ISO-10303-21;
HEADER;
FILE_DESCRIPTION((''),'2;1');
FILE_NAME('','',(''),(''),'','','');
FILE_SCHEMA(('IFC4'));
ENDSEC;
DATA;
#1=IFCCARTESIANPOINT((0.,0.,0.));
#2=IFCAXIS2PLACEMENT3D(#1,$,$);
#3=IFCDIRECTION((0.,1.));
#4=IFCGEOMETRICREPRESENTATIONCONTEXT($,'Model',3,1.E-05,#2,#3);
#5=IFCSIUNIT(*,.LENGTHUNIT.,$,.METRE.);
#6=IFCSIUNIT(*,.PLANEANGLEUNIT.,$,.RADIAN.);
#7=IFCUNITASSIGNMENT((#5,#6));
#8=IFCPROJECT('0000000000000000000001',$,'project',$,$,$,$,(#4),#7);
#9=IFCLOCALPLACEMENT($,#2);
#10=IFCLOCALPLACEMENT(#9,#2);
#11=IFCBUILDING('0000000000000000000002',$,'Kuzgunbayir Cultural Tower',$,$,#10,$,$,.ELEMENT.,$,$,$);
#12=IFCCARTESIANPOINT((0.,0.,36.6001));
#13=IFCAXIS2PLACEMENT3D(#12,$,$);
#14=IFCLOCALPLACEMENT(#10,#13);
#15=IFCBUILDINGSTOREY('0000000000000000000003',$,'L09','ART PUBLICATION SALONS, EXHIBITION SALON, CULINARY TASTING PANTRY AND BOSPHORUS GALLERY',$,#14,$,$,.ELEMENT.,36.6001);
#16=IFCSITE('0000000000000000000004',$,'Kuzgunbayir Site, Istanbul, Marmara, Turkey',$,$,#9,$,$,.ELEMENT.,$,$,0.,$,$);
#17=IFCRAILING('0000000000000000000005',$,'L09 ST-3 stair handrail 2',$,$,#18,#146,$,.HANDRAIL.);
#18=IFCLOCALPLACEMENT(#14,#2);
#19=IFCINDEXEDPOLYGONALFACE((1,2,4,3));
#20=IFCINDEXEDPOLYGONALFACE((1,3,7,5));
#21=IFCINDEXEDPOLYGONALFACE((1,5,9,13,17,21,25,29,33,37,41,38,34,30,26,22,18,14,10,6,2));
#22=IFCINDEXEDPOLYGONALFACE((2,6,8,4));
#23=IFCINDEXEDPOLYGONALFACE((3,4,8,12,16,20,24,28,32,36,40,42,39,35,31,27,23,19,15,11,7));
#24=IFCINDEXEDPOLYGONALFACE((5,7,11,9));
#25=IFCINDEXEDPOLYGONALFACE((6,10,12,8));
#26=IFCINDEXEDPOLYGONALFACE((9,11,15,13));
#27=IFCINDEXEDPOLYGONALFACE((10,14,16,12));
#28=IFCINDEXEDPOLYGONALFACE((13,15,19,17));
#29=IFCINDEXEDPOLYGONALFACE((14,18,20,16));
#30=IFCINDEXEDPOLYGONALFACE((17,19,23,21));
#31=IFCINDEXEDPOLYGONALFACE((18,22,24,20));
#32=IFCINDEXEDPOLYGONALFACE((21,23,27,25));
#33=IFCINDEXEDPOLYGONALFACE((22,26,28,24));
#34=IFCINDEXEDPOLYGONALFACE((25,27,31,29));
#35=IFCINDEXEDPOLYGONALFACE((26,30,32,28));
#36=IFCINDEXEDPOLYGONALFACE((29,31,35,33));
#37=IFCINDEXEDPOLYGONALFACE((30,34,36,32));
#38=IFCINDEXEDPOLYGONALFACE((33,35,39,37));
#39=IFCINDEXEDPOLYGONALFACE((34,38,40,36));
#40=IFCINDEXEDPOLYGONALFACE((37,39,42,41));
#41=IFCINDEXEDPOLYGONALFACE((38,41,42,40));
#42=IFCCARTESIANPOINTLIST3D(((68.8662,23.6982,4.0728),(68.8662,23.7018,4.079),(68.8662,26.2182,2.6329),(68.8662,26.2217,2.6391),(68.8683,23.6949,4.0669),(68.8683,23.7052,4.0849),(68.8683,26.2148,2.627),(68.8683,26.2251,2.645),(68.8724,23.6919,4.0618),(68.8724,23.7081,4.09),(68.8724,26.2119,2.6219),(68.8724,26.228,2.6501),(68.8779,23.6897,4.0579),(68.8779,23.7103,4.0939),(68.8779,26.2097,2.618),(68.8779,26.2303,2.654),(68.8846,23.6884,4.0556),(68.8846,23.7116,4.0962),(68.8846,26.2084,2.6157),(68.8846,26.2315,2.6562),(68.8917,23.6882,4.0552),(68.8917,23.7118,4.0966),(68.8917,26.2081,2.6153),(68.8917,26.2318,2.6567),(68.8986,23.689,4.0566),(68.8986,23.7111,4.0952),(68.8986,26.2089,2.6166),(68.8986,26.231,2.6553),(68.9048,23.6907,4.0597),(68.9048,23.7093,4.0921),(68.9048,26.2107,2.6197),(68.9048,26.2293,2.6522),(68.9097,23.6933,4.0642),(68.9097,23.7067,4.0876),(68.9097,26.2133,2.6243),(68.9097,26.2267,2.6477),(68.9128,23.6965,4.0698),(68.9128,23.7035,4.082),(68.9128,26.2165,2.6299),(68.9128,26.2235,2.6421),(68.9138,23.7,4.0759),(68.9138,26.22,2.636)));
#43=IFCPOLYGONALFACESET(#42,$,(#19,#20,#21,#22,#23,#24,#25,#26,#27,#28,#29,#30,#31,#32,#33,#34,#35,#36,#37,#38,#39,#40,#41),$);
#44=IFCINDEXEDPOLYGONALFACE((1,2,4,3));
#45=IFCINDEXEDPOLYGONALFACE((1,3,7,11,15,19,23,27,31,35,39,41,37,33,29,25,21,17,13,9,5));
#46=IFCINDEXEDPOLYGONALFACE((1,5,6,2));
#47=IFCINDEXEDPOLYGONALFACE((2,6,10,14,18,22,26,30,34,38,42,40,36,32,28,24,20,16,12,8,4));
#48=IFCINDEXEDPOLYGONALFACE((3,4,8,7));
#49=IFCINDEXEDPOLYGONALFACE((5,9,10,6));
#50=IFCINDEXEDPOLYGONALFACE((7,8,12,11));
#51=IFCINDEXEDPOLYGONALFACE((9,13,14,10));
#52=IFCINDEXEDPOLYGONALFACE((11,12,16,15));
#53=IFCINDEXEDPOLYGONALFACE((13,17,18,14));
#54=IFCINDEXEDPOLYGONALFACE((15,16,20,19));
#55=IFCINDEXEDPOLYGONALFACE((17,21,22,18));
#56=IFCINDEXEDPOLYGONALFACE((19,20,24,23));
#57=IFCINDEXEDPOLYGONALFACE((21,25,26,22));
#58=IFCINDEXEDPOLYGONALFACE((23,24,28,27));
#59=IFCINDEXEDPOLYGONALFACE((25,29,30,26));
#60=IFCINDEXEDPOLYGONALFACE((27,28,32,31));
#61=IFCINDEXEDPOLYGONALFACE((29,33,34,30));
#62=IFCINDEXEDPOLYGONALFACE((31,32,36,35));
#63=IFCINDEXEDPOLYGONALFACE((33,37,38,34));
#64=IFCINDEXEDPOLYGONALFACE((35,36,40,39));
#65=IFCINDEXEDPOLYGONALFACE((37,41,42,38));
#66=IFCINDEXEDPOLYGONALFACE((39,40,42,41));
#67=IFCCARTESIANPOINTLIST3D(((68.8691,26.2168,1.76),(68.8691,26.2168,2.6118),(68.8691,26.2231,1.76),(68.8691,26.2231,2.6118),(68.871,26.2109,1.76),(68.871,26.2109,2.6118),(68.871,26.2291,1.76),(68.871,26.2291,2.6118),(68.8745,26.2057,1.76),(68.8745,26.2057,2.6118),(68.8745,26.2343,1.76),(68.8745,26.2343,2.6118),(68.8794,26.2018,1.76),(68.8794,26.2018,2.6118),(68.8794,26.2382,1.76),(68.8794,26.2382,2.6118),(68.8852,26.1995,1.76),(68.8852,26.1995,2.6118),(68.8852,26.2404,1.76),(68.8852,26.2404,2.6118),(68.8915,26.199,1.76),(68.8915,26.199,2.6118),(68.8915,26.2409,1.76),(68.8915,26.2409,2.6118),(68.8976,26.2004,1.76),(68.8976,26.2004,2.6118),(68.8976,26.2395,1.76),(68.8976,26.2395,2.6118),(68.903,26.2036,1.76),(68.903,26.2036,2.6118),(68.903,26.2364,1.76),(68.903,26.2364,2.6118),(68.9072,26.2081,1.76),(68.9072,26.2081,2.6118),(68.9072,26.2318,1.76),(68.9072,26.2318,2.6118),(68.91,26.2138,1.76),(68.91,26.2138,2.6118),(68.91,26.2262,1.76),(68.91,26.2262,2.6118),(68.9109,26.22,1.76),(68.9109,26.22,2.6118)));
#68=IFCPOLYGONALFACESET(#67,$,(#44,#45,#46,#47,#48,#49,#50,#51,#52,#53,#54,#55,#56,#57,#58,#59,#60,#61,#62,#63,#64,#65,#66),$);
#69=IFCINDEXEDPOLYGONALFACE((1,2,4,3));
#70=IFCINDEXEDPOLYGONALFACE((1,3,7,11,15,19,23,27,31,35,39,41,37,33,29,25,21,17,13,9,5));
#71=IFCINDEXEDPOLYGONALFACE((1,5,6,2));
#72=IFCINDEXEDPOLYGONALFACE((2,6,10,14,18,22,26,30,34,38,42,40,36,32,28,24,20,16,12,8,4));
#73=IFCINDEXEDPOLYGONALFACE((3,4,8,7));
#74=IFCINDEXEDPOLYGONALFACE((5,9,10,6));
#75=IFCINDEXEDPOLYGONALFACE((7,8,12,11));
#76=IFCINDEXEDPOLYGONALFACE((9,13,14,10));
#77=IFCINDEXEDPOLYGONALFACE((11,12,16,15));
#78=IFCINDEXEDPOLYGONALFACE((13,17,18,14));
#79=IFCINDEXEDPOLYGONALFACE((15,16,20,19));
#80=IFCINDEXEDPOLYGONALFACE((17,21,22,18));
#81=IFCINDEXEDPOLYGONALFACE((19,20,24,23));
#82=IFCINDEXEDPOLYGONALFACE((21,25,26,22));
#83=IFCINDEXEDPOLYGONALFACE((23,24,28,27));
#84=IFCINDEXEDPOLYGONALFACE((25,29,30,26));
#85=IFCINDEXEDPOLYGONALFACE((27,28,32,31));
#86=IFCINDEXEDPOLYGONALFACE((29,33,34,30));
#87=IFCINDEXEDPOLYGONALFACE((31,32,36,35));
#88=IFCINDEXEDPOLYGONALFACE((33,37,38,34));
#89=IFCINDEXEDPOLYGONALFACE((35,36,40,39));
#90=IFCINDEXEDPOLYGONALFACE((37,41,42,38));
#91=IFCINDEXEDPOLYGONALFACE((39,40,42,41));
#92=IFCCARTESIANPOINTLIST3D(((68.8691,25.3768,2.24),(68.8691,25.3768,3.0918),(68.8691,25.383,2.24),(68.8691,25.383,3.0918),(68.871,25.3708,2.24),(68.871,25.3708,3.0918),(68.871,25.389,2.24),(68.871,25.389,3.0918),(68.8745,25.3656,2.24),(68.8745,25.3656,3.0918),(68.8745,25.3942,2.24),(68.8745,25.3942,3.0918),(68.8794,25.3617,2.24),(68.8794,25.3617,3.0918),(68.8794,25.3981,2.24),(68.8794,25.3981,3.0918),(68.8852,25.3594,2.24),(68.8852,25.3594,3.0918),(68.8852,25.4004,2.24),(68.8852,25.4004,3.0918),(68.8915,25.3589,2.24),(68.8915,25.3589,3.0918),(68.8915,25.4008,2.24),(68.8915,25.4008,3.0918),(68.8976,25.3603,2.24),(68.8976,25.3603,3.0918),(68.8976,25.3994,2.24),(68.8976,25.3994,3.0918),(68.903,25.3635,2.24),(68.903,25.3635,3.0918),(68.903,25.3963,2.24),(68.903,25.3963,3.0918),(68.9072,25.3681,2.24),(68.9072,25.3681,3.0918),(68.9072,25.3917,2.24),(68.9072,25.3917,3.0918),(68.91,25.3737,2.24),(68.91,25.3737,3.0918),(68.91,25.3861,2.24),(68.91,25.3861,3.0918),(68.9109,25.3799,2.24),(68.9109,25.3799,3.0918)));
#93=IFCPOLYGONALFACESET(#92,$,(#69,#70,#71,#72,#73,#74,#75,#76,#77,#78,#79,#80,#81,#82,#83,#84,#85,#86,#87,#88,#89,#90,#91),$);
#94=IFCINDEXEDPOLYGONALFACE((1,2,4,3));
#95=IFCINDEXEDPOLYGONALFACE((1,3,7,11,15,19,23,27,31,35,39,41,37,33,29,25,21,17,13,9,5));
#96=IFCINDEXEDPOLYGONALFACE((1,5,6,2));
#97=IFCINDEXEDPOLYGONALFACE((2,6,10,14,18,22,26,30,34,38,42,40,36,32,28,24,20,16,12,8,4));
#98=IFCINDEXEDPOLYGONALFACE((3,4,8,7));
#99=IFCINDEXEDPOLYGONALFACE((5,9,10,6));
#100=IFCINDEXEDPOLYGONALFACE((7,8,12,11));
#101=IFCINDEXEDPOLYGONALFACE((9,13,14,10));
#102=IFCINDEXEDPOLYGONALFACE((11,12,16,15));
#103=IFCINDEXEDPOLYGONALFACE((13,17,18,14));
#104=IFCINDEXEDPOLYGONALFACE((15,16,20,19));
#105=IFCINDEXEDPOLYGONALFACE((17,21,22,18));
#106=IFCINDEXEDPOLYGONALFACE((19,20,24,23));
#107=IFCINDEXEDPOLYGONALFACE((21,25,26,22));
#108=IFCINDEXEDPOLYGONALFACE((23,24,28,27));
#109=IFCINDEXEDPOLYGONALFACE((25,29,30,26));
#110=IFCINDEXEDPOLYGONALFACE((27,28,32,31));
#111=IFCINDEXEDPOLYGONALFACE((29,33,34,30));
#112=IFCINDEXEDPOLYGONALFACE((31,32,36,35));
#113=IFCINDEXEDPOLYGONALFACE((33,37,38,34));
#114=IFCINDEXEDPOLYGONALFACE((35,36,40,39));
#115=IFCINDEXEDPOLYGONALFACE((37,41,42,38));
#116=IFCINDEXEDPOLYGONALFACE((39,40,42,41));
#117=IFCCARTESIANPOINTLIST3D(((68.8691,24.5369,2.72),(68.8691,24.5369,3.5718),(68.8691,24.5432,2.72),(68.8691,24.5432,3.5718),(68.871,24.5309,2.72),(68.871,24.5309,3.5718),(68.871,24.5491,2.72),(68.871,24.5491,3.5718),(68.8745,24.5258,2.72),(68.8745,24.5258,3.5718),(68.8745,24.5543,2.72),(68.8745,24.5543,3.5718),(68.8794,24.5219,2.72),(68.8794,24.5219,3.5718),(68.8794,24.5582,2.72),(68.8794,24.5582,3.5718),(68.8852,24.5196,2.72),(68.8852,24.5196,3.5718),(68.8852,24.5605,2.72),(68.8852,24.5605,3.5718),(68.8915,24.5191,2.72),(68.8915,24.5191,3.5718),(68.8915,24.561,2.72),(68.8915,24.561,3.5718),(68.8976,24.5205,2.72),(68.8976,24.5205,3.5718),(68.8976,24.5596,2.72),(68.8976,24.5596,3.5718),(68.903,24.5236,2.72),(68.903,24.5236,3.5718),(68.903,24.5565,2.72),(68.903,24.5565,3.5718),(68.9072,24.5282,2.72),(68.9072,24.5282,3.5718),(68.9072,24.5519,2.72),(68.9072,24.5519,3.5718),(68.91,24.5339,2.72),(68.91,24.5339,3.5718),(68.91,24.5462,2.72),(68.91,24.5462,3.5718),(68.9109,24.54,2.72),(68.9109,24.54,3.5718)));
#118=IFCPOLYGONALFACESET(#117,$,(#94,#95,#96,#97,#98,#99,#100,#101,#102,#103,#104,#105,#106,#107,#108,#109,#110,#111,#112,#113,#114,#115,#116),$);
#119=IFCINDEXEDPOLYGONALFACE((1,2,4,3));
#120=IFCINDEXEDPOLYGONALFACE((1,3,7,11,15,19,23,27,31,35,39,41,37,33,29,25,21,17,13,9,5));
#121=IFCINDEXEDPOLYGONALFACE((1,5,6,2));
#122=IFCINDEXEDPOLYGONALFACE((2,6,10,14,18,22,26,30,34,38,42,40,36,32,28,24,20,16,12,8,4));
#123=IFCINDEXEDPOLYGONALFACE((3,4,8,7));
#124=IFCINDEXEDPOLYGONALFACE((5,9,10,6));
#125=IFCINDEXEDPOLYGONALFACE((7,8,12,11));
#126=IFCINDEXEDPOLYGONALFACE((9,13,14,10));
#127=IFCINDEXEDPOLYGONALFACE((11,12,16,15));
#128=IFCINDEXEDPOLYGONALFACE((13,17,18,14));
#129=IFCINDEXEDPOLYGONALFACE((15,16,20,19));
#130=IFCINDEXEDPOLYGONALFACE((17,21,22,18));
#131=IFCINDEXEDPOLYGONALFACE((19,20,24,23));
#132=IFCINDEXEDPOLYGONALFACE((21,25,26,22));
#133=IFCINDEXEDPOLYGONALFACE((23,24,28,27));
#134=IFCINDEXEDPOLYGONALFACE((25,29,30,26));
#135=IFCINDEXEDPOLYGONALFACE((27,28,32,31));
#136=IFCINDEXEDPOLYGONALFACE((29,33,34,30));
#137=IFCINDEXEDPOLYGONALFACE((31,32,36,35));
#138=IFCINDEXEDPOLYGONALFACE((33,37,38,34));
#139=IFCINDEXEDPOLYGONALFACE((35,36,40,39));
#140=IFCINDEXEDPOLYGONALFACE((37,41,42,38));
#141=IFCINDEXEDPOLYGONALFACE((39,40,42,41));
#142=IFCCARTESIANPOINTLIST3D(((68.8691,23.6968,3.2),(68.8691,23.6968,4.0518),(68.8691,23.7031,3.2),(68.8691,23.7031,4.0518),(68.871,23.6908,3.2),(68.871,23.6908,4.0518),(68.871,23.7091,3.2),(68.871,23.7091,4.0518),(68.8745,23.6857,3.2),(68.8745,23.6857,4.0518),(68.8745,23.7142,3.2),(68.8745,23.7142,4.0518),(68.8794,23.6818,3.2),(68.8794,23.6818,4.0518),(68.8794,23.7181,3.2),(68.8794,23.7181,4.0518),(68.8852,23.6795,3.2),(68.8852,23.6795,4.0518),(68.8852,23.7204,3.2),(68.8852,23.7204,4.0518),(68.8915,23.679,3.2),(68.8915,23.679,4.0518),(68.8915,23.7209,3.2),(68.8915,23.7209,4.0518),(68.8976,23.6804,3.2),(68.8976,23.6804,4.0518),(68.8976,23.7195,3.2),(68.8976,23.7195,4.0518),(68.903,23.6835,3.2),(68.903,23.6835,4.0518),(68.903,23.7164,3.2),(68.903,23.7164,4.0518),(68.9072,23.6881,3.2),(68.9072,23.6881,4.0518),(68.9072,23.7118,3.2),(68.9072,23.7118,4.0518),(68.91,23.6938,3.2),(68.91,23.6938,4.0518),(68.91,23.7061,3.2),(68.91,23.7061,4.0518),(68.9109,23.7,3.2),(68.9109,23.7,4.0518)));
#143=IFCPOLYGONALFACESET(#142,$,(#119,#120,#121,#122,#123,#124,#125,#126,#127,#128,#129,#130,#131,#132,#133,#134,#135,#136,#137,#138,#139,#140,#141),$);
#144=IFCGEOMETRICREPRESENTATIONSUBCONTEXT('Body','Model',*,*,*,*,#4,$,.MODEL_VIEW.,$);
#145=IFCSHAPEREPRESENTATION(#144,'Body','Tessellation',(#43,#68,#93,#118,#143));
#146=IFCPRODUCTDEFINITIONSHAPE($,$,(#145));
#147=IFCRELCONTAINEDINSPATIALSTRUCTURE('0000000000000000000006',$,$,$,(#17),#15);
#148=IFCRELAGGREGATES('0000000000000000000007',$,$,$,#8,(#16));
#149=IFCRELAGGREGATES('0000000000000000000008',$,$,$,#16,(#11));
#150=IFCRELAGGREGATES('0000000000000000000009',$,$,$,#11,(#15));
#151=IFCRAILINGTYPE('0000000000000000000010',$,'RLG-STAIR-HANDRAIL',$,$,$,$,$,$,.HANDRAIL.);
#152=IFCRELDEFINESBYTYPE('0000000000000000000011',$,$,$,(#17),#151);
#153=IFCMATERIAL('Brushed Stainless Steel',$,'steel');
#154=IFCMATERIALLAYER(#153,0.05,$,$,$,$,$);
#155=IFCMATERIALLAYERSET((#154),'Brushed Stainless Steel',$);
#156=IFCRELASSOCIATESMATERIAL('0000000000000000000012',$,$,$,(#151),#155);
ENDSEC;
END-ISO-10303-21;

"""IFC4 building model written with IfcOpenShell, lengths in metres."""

from ifc_helpers import new_model, si_unit, direction, frame, origin, origin_2d, place, context, subcontext, project, spatial, circle, extrude, material, layer, layer_set, type_object, element, save


model = new_model("IFC4")

# Units and contexts
model_context = context("Model", 3, precision=1e-05, world=origin(), true_north=direction((0.0, 1.0)))
body_context = subcontext(model_context, "Body", "Model", "MODEL_VIEW")
ifc_project = project(units=[si_unit("LENGTHUNIT", "METRE"), si_unit("PLANEANGLEUNIT", "RADIAN")], contexts=[model_context])

# Site, building, storey
site_placement = place(None, origin())
site = spatial("IfcSite", under=ifc_project, at=site_placement, Name="Kuzgunbayir Site, Istanbul, Marmara, Turkey", CompositionType="ELEMENT", RefElevation=0.0)
building_placement = place(site_placement, origin())
building = spatial("IfcBuilding", under=site, at=building_placement, Name="Kuzgunbayir Cultural Tower", CompositionType="ELEMENT")
storey_placement = place(building_placement, frame((0.0, 0.0, 36.6001)))
storey = spatial("IfcBuildingStorey", under=building, at=storey_placement, Name="L09", Description="ART PUBLICATION SALONS, EXHIBITION SALON, CULINARY TASTING PANTRY AND BOSPHORUS GALLERY", CompositionType="ELEMENT", Elevation=36.6001)

# Railing
ifc_material_1 = material(Name="Brushed Stainless Steel", Category="steel")
ifc_layer_1 = layer(ifc_material_1, 0.05)
ifc_layer_set_1 = layer_set([ifc_layer_1], Name="Brushed Stainless Steel")
railing_type_1 = type_object("IfcRailingType", Name="RLG-STAIR-HANDRAIL", PredefinedType="HANDRAIL", material=ifc_layer_set_1)
railing_1_placement = place(storey_placement, frame((68.8899, 26.22, 1.76)))
element("IfcRailing", 1, at=railing_1_placement, inside=storey, type_object=railing_type_1, Name="L09 ST-3 stair handrail 2", PredefinedType="HANDRAIL", context=body_context, shape_type="SweptSolid", body=[
    extrude(circle(Radius=0.0239, at=origin_2d()), frame((0.0, 0.0, 0.876), z_axis=(0.0, -0.868253, 0.496121), x_axis=(1.0, 0.0, 0.0)), (0.0, 0.0, 1.0), 2.9023),
    extrude(circle(Radius=0.021, at=origin_2d()), origin(), (0.0, 0.0, 1.0), 0.8518),
    extrude(circle(Radius=0.021, at=origin_2d()), frame((0.0, -0.8401, 0.48)), (0.0, 0.0, 1.0), 0.8518),
    extrude(circle(Radius=0.021, at=origin_2d()), frame((0.0, -1.6799, 0.96)), (0.0, 0.0, 1.0), 0.8518),
    extrude(circle(Radius=0.021, at=origin_2d()), frame((0.0, -2.52, 1.4399)), (0.0, 0.0, 1.0), 0.8518),
])

save(model, "model.ifc")
